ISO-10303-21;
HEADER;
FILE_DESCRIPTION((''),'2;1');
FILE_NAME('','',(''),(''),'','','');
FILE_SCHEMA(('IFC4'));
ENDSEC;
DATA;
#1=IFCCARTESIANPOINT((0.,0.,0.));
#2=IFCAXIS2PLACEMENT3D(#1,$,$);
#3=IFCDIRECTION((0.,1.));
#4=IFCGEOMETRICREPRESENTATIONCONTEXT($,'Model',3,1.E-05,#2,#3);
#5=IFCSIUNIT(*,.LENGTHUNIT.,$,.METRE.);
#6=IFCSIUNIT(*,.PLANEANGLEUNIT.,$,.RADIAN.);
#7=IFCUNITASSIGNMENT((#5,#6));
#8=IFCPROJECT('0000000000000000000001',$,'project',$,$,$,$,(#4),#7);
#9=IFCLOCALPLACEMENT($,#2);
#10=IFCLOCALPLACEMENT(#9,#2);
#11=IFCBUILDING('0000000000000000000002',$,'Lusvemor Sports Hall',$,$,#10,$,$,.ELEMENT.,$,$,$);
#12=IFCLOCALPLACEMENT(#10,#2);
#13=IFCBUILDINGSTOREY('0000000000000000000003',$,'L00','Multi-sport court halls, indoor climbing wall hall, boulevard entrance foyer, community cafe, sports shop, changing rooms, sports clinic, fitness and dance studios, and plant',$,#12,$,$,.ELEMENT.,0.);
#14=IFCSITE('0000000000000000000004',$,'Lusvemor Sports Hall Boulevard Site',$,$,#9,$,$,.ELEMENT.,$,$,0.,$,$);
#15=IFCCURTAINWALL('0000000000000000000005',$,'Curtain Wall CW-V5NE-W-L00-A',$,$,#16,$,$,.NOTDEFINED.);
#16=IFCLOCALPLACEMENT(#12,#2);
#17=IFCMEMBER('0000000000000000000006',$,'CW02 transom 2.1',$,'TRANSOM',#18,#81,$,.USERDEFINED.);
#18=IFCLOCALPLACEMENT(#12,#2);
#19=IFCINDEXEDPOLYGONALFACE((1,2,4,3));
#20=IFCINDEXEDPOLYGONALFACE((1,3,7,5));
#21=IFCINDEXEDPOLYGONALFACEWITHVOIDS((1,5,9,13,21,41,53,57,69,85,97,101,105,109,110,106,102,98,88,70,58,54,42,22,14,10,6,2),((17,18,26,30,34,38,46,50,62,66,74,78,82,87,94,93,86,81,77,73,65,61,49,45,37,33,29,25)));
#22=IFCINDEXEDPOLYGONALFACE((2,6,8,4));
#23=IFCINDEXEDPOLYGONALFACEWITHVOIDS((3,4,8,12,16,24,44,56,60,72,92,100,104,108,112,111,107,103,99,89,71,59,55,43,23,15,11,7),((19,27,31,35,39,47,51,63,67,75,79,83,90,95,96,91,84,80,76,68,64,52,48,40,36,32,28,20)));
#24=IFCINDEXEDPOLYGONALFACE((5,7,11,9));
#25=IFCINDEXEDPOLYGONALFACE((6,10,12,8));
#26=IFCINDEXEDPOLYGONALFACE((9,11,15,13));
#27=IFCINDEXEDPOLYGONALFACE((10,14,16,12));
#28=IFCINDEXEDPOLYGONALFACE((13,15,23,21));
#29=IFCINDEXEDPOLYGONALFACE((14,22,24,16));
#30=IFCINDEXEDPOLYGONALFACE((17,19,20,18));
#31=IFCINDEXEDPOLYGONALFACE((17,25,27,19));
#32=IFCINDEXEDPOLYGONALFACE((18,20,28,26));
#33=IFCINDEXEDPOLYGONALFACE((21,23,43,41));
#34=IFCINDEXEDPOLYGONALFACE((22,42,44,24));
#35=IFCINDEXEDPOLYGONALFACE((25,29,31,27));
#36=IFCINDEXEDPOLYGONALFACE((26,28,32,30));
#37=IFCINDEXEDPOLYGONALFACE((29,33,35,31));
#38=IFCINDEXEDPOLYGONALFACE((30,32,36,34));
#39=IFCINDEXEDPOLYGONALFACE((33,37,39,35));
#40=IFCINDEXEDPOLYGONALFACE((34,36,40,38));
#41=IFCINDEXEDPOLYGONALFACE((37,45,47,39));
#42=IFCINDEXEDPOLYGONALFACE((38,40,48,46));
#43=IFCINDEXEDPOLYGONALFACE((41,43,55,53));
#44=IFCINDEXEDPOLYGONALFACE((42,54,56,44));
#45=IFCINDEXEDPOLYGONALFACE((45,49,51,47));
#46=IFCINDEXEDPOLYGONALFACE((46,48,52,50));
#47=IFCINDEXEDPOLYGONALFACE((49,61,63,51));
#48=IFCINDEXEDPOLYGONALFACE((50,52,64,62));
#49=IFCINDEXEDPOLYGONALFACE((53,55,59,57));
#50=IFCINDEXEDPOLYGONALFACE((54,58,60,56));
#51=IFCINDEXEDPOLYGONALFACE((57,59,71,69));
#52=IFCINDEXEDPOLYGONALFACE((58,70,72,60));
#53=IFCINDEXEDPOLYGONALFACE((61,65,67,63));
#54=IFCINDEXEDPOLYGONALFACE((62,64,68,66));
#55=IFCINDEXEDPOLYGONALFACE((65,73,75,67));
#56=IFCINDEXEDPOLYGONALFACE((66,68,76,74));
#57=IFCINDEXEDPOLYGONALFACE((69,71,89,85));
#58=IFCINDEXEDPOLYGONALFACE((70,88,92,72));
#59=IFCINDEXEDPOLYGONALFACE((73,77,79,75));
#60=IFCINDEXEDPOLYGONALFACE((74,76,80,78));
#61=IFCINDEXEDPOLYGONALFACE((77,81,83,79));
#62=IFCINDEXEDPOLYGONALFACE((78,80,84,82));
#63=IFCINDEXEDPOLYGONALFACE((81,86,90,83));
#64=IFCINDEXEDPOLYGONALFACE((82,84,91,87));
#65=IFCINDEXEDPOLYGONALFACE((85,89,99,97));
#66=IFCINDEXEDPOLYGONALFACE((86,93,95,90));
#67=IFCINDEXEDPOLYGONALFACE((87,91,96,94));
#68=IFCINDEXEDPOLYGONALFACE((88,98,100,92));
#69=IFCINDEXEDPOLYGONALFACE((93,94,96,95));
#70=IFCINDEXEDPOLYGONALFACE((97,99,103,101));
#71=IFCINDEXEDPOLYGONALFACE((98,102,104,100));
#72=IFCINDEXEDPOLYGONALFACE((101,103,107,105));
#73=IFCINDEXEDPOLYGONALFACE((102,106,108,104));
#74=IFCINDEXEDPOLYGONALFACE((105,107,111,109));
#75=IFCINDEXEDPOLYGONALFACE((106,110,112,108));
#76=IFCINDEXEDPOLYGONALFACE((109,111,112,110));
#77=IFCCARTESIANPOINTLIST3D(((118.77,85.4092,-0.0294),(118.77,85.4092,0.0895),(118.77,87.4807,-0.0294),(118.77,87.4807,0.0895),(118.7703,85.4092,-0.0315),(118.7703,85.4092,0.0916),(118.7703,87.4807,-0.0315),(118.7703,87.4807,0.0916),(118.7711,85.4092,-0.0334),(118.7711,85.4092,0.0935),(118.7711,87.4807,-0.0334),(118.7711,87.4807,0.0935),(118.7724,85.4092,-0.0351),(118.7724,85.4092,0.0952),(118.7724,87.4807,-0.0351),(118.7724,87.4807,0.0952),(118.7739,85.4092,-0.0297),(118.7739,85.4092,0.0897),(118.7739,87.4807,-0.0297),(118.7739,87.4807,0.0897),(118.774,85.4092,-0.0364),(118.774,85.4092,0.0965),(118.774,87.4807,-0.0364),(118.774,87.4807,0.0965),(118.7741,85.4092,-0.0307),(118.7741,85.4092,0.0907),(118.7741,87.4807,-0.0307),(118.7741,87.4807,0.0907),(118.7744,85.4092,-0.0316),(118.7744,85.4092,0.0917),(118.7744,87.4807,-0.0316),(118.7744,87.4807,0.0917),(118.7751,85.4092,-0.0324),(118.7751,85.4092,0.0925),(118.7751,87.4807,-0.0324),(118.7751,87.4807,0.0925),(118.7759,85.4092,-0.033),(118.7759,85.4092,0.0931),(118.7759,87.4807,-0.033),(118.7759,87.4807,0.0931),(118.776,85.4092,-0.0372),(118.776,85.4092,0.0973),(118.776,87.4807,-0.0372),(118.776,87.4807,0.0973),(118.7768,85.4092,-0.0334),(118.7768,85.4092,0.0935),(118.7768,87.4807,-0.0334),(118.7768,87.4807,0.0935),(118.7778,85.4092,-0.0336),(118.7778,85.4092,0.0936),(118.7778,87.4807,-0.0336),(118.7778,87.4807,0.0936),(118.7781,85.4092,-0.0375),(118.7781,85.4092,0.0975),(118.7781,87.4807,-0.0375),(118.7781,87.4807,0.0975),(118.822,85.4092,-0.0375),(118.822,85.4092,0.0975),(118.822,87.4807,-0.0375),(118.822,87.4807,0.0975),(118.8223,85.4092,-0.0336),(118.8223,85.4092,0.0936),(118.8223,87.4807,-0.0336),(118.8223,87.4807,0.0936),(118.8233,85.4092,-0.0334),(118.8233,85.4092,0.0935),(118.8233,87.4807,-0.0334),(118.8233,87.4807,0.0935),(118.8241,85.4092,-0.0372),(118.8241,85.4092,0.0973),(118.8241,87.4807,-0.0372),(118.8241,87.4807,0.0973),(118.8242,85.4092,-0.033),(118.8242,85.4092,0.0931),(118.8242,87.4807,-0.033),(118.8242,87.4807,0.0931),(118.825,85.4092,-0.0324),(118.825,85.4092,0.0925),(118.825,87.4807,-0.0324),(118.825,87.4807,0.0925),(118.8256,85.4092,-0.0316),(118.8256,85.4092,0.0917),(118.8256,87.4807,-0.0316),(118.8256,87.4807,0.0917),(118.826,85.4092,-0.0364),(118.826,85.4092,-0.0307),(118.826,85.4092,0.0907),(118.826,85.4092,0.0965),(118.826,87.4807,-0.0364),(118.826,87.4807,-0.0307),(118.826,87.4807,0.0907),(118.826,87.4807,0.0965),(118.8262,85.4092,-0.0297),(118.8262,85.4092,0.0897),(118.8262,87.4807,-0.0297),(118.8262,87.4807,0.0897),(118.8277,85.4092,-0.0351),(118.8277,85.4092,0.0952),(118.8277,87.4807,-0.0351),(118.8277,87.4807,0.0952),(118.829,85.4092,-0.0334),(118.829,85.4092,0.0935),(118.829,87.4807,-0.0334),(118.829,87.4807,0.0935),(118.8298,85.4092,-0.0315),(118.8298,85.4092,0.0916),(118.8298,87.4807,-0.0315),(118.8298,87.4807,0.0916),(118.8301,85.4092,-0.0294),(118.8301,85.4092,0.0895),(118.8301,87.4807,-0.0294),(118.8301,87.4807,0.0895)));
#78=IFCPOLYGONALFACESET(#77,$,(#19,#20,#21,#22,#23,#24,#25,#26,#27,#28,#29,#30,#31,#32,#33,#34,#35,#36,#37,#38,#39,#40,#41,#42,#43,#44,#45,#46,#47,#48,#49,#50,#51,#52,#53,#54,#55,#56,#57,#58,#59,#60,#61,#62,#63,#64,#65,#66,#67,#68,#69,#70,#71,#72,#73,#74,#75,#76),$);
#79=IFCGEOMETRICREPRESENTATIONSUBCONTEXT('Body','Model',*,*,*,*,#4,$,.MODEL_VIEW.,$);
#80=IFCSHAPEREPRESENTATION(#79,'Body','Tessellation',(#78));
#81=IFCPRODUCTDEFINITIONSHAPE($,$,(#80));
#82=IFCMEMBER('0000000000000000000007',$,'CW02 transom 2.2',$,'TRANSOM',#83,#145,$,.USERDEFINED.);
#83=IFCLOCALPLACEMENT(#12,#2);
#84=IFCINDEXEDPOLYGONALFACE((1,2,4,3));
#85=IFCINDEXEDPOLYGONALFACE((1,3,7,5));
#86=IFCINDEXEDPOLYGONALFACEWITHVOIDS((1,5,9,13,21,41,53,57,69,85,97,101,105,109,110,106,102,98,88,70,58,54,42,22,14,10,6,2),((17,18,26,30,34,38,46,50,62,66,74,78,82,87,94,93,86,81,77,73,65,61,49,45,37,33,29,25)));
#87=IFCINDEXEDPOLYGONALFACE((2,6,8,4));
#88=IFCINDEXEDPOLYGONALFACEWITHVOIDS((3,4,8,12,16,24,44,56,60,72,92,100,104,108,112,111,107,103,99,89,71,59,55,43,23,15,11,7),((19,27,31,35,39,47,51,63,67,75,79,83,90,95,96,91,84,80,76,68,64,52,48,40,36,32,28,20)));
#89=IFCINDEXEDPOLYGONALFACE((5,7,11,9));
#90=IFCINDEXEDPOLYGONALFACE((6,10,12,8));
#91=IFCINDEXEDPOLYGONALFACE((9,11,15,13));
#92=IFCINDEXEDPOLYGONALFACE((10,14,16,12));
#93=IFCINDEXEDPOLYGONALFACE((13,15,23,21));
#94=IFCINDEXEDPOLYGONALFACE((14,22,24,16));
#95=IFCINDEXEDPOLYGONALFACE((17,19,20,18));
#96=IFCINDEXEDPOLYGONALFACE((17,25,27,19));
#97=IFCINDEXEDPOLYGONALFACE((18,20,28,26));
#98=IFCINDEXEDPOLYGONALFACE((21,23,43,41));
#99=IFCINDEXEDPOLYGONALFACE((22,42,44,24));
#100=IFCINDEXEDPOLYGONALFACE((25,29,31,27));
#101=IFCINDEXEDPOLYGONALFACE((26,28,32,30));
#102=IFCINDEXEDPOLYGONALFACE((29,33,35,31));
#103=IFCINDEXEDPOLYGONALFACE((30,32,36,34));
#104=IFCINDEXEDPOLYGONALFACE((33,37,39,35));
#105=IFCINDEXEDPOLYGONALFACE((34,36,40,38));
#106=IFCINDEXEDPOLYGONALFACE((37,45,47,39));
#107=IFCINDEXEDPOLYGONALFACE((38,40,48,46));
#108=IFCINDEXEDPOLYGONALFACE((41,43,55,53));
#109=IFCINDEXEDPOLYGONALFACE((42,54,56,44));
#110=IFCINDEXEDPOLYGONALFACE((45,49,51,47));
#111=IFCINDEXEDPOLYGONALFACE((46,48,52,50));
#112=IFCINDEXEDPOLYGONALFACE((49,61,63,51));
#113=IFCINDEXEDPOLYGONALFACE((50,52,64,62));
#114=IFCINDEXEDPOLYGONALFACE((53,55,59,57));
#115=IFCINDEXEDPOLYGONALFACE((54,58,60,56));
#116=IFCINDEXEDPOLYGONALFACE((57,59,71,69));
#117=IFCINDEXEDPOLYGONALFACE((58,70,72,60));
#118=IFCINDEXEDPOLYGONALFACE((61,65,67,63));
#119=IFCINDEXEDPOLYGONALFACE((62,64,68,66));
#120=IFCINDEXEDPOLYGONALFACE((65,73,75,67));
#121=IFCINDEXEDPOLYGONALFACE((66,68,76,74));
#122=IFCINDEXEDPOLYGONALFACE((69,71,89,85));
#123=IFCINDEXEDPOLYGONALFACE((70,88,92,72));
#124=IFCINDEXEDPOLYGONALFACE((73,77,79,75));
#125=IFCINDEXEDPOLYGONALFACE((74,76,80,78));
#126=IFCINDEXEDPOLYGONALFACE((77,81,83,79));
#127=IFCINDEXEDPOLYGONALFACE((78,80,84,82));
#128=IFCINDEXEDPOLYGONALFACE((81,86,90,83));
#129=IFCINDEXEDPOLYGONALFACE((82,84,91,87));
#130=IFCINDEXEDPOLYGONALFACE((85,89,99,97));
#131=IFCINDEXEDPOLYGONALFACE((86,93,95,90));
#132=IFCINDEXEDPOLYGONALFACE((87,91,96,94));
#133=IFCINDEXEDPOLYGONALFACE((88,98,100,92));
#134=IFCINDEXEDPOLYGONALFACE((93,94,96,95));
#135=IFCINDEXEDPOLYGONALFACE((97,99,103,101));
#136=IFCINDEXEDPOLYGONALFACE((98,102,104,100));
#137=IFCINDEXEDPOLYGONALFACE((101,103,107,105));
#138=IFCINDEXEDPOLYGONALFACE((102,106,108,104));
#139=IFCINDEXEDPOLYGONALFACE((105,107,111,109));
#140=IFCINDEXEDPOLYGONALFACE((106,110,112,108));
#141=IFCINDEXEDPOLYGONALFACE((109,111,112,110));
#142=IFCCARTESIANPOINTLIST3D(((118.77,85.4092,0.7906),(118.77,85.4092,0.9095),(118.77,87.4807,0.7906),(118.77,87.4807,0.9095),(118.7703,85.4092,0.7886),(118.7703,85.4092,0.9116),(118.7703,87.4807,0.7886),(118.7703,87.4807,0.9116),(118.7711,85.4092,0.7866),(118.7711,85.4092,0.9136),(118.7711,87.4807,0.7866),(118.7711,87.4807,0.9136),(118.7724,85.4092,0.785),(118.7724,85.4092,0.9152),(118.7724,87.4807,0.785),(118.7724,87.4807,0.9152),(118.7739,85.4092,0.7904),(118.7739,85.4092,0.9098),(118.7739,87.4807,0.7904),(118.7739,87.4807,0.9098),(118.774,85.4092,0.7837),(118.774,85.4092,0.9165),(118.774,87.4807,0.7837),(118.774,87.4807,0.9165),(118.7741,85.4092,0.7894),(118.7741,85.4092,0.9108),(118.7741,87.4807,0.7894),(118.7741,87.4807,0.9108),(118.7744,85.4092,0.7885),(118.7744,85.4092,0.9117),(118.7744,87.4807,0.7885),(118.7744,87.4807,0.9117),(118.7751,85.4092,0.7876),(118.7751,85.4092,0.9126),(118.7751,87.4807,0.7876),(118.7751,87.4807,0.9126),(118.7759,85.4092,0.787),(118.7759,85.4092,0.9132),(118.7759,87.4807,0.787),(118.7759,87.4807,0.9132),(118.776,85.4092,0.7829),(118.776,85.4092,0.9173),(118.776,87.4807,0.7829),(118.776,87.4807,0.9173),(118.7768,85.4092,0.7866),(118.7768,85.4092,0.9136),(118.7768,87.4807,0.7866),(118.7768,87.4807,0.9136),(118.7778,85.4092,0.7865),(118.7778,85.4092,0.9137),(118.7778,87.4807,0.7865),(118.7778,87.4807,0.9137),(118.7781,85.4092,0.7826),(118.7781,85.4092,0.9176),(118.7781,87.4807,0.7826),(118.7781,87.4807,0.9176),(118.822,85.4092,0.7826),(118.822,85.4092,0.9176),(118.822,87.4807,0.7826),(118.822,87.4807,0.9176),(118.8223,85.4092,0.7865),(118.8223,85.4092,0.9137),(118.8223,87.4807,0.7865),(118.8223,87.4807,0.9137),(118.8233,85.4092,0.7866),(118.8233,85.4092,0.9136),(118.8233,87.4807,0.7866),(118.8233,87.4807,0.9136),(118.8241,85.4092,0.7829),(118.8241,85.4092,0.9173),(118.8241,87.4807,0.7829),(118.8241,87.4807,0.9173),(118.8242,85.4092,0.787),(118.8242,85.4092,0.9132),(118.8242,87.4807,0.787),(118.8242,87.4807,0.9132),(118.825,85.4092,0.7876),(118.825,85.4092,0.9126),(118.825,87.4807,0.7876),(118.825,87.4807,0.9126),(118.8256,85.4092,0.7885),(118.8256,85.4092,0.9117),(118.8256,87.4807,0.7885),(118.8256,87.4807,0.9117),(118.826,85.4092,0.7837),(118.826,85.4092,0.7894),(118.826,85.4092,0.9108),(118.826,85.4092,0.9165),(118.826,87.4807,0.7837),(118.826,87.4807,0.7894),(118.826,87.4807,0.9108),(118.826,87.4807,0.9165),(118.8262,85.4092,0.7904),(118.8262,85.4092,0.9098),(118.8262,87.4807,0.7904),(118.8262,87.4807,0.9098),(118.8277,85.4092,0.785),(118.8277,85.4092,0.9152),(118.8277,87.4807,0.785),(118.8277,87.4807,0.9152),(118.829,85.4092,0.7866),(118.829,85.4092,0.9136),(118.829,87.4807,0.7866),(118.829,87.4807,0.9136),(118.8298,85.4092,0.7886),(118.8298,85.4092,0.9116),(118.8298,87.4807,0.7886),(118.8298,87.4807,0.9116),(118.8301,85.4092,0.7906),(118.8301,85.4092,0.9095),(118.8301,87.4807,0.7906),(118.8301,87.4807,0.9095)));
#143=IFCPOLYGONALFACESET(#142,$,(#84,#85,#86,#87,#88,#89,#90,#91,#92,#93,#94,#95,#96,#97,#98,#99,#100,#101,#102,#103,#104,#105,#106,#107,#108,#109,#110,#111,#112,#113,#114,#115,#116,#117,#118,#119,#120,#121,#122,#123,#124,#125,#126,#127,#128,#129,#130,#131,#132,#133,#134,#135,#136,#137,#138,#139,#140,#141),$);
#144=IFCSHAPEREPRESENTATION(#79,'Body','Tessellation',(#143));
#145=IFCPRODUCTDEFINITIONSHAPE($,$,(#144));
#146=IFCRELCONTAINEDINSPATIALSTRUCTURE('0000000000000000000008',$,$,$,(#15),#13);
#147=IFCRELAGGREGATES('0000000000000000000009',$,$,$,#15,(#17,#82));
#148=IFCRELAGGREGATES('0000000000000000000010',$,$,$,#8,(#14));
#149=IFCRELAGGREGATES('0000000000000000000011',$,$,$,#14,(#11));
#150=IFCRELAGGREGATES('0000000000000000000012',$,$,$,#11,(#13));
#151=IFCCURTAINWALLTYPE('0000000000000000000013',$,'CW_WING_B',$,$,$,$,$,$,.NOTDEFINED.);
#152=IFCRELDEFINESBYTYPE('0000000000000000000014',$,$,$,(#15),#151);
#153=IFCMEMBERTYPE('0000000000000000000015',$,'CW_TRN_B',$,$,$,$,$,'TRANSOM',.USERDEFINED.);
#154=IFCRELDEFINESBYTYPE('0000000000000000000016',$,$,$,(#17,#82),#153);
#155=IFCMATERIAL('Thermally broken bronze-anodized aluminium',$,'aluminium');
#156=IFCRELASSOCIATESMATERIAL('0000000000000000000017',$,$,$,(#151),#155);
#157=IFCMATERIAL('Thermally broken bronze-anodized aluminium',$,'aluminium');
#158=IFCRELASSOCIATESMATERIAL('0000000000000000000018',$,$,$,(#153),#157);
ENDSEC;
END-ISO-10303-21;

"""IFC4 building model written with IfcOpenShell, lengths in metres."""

from ifc_helpers import new_model, si_unit, direction, frame, origin, origin_2d, place, context, subcontext, project, spatial, hollow_rectangle, extrude, material, material_profile, profile_set, type_object, element, aggregate, save


model = new_model("IFC4")

# Units and contexts
model_context = context("Model", 3, precision=1e-05, world=origin(), true_north=direction((0.0, 1.0)))
body_context = subcontext(model_context, "Body", "Model", "MODEL_VIEW")
ifc_project = project(units=[si_unit("LENGTHUNIT", "METRE"), si_unit("PLANEANGLEUNIT", "RADIAN")], contexts=[model_context])

# Site, building, storey
site_placement = place(None, origin())
site = spatial("IfcSite", under=ifc_project, at=site_placement, Name="Lusvemor Sports Hall Boulevard Site", CompositionType="ELEMENT", RefElevation=0.0)
building_placement = place(site_placement, origin())
building = spatial("IfcBuilding", under=site, at=building_placement, Name="Lusvemor Sports Hall", CompositionType="ELEMENT")
storey_placement = place(building_placement, origin())
storey = spatial("IfcBuildingStorey", under=building, at=storey_placement, Name="L00", Description="Multi-sport court halls, indoor climbing wall hall, boulevard entrance foyer, community cafe, sports shop, changing rooms, sports clinic, fitness and dance studios, and plant", CompositionType="ELEMENT", Elevation=0.0)

# Shared definitions
ifc_material_1 = material(Name="Thermally broken bronze-anodized aluminium", Category="aluminium")
curtain_wall_type = type_object("IfcCurtainWallType", Name="CW_WING_B", PredefinedType="NOTDEFINED", material=ifc_material_1)

# Curtain wall, members
curtain_wall_1_placement = place(storey_placement, origin())
curtain_wall_1 = element("IfcCurtainWall", 1, at=curtain_wall_1_placement, inside=storey, type_object=curtain_wall_type, Name="Curtain Wall CW-V5NE-W-L00-A", PredefinedType="NOTDEFINED")
ifc_material_2 = material(Name="Thermally broken bronze-anodized aluminium", Category="aluminium")
ifc_material_profile_1 = material_profile(ifc_material_2, hollow_rectangle(XDim=0.0601, YDim=0.135, WallThickness=0.0039, InnerFilletRadius=0.0039, OuterFilletRadius=0.0081, at=origin_2d()), Name="CWTRN135x60x4")
ifc_profile_set_1 = profile_set([ifc_material_profile_1], Name="Thermally broken bronze-anodized aluminium")
member_type_1 = type_object("IfcMemberType", Name="CW_TRN_B", ElementType="TRANSOM", PredefinedType="USERDEFINED", material=ifc_profile_set_1)
member_1_placement = place(storey_placement, frame((118.8, 85.4092, 0.03), z_axis=(0.0, 1.0, 0.0), x_axis=(-1.0, 0.0, 0.0)))
member_1 = element("IfcMember", 2, at=member_1_placement, type_object=member_type_1, Name="CW02 transom 2.1", ObjectType="TRANSOM", PredefinedType="USERDEFINED", context=body_context, shape_type="SweptSolid", body=[
    extrude(hollow_rectangle(XDim=0.0601, YDim=0.135, WallThickness=0.0039, InnerFilletRadius=0.0039, OuterFilletRadius=0.0081, at=origin_2d()), origin(), (0.0, 0.0, 1.0), 2.0715),
])
member_2_placement = place(storey_placement, frame((118.8, 85.4092, 0.8501), z_axis=(0.0, 1.0, 0.0), x_axis=(-1.0, 0.0, 0.0)))
member_2 = element("IfcMember", 3, at=member_2_placement, type_object=member_type_1, Name="CW02 transom 2.2", ObjectType="TRANSOM", PredefinedType="USERDEFINED", context=body_context, shape_type="SweptSolid", body=[
    extrude(hollow_rectangle(XDim=0.0601, YDim=0.135, WallThickness=0.0039, InnerFilletRadius=0.0039, OuterFilletRadius=0.0081, at=origin_2d()), origin(), (0.0, 0.0, 1.0), 2.0715),
])
aggregate(curtain_wall_1, [member_1, member_2])

save(model, "model.ifc")
